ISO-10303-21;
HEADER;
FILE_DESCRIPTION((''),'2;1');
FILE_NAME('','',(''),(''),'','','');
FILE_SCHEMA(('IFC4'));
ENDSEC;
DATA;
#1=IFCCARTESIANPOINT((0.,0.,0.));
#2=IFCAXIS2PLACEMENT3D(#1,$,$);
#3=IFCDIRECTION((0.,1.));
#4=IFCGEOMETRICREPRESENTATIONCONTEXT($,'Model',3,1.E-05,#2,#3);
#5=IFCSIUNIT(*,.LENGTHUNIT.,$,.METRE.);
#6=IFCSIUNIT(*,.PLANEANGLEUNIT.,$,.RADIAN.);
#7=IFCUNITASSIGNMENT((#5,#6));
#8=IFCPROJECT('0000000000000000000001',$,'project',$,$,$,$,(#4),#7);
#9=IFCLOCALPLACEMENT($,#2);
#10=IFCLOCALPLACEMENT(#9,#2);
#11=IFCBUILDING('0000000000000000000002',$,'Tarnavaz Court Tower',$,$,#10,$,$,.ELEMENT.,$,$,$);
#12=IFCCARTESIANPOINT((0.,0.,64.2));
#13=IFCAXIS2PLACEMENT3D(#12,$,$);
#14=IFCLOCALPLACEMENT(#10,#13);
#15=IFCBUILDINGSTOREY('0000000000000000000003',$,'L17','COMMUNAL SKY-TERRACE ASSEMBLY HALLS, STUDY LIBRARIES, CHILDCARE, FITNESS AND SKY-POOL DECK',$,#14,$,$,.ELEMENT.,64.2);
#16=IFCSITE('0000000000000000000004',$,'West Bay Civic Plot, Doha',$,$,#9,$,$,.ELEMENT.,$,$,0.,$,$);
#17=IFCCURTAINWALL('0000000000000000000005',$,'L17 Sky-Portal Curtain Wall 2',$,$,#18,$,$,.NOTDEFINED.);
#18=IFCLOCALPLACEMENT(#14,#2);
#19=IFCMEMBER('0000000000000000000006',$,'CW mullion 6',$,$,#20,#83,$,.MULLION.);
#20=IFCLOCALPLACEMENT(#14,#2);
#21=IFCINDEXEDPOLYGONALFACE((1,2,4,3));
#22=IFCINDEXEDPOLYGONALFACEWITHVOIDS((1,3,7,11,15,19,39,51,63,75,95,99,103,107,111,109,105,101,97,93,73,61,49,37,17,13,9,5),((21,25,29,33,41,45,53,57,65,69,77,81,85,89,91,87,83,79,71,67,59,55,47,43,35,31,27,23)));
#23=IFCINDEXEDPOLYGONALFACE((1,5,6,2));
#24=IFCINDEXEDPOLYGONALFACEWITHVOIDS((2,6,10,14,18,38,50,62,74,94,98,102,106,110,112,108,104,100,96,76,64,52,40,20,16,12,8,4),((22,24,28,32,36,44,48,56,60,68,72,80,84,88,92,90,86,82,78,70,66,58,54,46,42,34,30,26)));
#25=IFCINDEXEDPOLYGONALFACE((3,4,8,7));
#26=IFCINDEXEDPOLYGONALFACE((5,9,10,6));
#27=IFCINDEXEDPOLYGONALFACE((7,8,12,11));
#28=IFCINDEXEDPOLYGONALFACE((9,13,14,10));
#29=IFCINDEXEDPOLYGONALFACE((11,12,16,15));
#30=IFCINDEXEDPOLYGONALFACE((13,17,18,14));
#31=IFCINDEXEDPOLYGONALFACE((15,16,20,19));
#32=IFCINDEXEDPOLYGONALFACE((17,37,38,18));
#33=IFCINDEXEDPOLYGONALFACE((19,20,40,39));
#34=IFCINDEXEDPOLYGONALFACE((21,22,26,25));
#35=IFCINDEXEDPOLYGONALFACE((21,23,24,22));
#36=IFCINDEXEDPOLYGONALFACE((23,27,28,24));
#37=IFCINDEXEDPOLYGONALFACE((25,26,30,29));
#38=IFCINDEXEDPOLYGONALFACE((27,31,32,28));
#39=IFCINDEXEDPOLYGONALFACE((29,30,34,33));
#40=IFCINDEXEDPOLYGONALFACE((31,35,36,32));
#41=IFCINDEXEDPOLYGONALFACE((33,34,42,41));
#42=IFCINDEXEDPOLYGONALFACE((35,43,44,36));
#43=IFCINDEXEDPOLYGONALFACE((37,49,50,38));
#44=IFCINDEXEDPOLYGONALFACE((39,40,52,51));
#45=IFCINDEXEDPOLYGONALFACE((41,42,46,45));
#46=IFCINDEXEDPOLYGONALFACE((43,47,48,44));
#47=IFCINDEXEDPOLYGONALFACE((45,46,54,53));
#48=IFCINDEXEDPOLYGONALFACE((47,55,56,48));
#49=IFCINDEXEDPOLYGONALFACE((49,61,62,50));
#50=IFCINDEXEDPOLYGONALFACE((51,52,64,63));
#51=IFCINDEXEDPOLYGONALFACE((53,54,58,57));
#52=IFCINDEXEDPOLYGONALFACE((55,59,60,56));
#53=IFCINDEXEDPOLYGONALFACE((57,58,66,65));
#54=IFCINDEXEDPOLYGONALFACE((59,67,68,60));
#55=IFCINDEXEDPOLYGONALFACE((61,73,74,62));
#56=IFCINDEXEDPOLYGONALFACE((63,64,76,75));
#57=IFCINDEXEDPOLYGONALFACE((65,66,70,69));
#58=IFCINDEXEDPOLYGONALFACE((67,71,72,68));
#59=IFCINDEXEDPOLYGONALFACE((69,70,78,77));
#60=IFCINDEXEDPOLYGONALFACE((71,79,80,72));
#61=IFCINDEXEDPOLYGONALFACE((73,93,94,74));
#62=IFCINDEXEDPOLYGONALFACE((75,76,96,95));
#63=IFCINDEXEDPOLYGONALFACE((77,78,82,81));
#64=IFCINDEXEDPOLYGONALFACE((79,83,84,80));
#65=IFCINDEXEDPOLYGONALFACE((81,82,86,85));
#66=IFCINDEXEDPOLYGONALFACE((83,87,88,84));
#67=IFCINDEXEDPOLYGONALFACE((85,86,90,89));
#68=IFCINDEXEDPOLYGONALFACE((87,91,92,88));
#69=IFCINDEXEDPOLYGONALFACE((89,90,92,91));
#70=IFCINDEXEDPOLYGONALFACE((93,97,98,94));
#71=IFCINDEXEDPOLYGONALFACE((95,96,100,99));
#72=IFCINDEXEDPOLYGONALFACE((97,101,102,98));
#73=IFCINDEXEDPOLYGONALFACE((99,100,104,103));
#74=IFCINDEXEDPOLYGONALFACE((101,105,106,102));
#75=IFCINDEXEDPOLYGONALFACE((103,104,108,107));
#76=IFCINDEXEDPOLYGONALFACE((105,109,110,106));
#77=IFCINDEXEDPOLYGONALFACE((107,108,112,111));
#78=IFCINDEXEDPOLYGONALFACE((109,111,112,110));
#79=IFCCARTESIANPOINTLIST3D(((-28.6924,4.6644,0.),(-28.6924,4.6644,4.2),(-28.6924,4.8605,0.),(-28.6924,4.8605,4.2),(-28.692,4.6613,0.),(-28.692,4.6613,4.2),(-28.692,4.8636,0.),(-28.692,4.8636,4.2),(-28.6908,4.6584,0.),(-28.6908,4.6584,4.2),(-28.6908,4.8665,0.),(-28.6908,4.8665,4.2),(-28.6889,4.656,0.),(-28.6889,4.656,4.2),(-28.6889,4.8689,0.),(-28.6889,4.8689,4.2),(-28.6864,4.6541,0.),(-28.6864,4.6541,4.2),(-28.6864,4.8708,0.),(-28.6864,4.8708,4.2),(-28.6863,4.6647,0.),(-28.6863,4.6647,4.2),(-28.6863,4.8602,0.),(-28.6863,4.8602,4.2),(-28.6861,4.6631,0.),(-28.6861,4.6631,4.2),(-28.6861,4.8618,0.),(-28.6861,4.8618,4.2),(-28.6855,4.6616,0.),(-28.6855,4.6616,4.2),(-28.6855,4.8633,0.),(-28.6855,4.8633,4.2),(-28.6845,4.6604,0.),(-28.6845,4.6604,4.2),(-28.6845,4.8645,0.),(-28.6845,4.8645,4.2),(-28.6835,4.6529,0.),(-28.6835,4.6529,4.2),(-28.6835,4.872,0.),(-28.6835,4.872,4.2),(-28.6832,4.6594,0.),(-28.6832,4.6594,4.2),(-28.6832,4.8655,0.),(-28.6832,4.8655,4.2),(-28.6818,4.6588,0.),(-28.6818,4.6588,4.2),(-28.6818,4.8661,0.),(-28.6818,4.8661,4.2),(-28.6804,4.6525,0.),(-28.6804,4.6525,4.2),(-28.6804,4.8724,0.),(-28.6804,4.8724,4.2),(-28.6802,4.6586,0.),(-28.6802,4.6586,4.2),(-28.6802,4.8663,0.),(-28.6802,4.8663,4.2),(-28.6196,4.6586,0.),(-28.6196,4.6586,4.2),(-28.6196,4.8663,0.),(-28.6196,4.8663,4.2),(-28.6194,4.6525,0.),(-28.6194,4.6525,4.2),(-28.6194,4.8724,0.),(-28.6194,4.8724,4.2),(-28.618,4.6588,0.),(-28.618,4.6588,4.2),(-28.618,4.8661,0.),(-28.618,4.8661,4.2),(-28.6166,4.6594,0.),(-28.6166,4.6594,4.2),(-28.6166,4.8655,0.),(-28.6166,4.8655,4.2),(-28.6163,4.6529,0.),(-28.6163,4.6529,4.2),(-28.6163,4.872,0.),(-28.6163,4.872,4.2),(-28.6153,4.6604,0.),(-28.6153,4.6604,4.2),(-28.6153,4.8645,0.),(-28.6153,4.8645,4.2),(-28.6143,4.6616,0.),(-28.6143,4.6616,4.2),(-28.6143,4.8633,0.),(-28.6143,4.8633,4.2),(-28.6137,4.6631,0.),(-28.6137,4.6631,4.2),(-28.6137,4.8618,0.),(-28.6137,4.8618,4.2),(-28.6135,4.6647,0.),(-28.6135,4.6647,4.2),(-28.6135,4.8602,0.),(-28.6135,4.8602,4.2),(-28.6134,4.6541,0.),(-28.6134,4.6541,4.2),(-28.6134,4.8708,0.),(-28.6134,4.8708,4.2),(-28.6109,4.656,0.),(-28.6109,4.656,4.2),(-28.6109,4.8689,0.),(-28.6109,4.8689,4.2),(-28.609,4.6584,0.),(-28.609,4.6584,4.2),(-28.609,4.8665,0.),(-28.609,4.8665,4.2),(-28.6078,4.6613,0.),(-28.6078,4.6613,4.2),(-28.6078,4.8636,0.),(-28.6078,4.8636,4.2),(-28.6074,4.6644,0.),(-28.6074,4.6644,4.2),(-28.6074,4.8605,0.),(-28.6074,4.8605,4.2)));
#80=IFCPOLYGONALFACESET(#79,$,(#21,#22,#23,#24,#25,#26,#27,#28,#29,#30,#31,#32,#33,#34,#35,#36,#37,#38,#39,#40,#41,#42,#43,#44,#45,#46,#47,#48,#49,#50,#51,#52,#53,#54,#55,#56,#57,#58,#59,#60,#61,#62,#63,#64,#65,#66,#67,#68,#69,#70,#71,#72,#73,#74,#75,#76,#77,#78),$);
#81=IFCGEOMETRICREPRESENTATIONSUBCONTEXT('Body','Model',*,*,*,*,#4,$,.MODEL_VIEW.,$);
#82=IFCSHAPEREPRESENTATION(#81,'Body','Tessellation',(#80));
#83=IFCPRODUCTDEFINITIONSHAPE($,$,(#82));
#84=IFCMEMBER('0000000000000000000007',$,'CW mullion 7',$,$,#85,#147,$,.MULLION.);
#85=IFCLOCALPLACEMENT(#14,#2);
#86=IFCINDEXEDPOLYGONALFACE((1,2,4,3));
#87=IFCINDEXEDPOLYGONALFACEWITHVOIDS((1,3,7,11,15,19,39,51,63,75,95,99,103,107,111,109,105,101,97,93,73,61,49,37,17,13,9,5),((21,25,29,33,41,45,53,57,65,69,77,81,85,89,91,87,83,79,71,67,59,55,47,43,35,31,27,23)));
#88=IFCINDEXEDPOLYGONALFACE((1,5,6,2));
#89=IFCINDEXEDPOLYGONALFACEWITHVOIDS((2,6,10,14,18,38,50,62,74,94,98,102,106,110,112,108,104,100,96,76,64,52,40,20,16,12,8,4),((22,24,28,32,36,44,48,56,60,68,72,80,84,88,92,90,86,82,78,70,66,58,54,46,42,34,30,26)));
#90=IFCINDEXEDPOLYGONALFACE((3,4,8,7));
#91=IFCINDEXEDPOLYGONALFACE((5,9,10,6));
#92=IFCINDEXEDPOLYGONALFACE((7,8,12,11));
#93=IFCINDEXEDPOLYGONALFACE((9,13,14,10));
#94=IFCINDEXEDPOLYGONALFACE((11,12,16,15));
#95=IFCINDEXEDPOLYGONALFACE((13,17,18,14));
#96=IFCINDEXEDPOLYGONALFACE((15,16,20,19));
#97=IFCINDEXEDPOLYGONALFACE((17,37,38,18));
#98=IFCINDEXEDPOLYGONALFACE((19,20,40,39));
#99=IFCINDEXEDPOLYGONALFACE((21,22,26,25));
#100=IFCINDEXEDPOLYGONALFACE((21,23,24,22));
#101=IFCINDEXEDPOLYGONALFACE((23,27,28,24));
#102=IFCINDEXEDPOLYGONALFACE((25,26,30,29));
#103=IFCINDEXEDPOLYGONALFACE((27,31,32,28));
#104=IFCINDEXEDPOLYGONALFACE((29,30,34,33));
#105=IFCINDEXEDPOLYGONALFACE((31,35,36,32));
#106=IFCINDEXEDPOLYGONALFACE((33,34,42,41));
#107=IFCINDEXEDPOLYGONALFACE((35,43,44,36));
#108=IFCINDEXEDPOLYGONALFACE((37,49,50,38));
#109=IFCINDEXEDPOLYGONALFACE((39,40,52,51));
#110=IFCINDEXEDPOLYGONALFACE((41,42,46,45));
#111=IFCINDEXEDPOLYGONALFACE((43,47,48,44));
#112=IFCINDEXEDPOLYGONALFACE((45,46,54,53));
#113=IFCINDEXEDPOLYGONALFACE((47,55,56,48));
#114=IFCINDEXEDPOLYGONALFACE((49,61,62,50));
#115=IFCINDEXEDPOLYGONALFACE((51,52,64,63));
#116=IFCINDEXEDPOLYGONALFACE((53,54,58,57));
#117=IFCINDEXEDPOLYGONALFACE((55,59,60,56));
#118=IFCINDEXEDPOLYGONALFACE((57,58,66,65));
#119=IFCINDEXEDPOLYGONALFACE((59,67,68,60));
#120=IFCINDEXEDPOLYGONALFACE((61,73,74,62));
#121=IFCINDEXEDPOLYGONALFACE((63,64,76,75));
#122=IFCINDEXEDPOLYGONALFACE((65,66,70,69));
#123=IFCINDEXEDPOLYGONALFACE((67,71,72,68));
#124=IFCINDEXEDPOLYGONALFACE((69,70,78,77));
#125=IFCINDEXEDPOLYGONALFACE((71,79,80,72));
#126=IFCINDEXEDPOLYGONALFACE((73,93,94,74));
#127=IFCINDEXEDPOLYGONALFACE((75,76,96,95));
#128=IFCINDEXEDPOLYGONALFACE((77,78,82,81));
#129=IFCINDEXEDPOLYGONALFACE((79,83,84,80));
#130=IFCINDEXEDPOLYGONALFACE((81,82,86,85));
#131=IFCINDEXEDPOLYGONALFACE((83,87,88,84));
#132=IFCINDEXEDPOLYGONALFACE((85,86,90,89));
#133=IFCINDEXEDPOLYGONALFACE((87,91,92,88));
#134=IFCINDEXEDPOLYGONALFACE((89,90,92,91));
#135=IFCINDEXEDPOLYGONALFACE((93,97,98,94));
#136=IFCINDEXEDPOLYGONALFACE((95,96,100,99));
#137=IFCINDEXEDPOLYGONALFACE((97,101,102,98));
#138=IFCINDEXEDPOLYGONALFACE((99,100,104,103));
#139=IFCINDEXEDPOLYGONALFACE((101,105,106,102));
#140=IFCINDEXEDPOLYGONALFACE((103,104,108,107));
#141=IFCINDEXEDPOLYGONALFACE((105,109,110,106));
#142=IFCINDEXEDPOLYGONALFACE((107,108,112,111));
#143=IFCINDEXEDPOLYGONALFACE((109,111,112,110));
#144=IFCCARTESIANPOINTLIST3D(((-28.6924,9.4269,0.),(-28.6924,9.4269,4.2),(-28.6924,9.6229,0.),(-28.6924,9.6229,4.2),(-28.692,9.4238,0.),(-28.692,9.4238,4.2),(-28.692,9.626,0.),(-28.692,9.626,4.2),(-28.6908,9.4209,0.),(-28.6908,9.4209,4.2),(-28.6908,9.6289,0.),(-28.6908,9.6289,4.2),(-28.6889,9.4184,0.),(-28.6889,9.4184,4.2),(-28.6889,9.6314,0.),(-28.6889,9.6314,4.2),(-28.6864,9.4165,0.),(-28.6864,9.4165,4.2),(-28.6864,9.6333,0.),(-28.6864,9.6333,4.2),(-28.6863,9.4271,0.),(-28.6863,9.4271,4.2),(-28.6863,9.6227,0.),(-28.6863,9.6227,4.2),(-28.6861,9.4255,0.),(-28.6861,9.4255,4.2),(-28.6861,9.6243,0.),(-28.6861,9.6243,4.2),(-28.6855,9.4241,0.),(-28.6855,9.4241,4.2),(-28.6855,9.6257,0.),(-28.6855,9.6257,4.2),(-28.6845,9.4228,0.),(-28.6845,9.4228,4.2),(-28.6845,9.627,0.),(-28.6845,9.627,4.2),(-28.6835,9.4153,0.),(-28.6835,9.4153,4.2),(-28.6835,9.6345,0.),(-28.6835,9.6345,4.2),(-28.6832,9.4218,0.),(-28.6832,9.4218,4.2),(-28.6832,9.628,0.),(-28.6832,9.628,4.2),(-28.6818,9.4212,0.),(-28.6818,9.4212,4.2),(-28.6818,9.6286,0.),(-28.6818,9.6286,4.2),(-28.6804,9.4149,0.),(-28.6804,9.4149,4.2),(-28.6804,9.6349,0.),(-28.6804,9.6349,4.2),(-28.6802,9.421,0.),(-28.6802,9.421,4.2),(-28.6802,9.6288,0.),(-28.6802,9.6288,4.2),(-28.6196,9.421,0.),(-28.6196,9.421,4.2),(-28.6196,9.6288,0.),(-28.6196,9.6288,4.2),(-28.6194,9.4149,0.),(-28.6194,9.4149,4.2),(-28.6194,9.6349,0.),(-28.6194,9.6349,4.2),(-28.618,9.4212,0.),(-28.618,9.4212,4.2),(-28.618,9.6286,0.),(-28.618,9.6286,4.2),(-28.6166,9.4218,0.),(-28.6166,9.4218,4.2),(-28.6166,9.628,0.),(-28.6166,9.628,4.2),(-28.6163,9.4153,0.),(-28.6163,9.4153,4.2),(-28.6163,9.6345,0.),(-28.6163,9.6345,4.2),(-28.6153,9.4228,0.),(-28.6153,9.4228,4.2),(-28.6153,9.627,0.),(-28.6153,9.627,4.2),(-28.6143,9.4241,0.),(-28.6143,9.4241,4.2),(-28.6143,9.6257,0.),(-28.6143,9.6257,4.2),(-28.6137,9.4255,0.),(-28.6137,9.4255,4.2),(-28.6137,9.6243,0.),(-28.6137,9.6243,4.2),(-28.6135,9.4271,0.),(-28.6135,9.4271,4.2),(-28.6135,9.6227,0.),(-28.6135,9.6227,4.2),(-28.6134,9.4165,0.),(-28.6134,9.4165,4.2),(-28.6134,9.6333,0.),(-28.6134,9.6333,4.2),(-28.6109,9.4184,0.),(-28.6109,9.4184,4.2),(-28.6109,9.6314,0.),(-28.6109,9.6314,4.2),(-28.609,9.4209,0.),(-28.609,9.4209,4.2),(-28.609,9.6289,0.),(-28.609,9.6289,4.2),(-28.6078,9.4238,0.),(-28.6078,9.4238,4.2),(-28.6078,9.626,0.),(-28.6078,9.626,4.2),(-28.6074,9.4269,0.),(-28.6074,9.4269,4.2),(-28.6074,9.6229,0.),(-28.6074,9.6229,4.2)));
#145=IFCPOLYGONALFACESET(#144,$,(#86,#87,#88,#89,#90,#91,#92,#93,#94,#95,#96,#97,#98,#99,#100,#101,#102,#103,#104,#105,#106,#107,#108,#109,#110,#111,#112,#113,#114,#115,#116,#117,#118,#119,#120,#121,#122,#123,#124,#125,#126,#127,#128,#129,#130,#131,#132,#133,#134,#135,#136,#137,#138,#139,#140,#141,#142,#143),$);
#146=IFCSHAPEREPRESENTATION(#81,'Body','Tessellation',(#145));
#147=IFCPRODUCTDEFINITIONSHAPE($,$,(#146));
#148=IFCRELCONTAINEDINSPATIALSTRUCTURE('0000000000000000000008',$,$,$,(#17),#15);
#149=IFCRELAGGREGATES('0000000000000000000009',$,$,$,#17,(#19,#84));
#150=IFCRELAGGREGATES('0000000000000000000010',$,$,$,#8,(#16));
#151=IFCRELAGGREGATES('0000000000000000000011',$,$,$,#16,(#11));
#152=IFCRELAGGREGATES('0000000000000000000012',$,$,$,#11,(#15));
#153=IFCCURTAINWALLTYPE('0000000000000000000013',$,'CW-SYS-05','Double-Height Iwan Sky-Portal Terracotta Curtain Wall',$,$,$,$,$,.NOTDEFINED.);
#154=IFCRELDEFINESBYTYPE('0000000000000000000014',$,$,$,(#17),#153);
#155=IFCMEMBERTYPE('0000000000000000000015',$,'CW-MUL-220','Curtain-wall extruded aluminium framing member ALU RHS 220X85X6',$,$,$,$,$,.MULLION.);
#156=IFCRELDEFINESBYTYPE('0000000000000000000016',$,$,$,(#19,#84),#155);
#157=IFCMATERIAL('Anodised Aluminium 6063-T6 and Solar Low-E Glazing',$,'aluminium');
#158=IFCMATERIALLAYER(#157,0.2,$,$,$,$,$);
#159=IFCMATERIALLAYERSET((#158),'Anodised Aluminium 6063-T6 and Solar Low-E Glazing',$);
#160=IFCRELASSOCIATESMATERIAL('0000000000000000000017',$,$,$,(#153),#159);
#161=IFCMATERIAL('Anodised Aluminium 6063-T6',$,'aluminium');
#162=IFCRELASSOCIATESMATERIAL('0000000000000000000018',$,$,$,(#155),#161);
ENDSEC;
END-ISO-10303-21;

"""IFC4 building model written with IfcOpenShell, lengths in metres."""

from ifc_helpers import new_model, si_unit, direction, frame, origin, origin_2d, place, context, subcontext, project, spatial, hollow_rectangle, extrude, material, layer, layer_set, material_profile, profile_set, type_object, element, aggregate, save


model = new_model("IFC4")

# Units and contexts
model_context = context("Model", 3, precision=1e-05, world=origin(), true_north=direction((0.0, 1.0)))
body_context = subcontext(model_context, "Body", "Model", "MODEL_VIEW")
ifc_project = project(units=[si_unit("LENGTHUNIT", "METRE"), si_unit("PLANEANGLEUNIT", "RADIAN")], contexts=[model_context])

# Site, building, storey
site_placement = place(None, origin())
site = spatial("IfcSite", under=ifc_project, at=site_placement, Name="West Bay Civic Plot, Doha", CompositionType="ELEMENT", RefElevation=0.0)
building_placement = place(site_placement, origin())
building = spatial("IfcBuilding", under=site, at=building_placement, Name="Tarnavaz Court Tower", CompositionType="ELEMENT")
storey_placement = place(building_placement, frame((0.0, 0.0, 64.2)))
storey = spatial("IfcBuildingStorey", under=building, at=storey_placement, Name="L17", Description="COMMUNAL SKY-TERRACE ASSEMBLY HALLS, STUDY LIBRARIES, CHILDCARE, FITNESS AND SKY-POOL DECK", CompositionType="ELEMENT", Elevation=64.2)

# Curtain wall, members
ifc_material_1 = material(Name="Anodised Aluminium 6063-T6 and Solar Low-E Glazing", Category="aluminium")
ifc_layer_1 = layer(ifc_material_1, 0.2)
ifc_layer_set_1 = layer_set([ifc_layer_1], Name="Anodised Aluminium 6063-T6 and Solar Low-E Glazing")
curtain_wall_type = type_object("IfcCurtainWallType", Name="CW-SYS-05", Description="Double-Height Iwan Sky-Portal Terracotta Curtain Wall", PredefinedType="NOTDEFINED", material=ifc_layer_set_1)
curtain_wall_placement = place(storey_placement, origin())
curtain_wall = element("IfcCurtainWall", 1, at=curtain_wall_placement, inside=storey, type_object=curtain_wall_type, Name="L17 Sky-Portal Curtain Wall 2", PredefinedType="NOTDEFINED")
ifc_material_2 = material(Name="Anodised Aluminium 6063-T6", Category="aluminium")
ifc_material_profile_1 = material_profile(ifc_material_2, hollow_rectangle(XDim=0.085, YDim=0.22, WallThickness=0.0061, InnerFilletRadius=0.0061, OuterFilletRadius=0.012, at=origin_2d()), Name="ALU RHS 220X85X6")
ifc_profile_set_1 = profile_set([ifc_material_profile_1], Name="Anodised Aluminium 6063-T6")
member_type_1 = type_object("IfcMemberType", Name="CW-MUL-220", Description="Curtain-wall extruded aluminium framing member ALU RHS 220X85X6", PredefinedType="MULLION", material=ifc_profile_set_1)
member_1_placement = place(storey_placement, frame((-28.6499, 4.7625, 0.0), z_axis=(0.0, 0.0, 1.0), x_axis=(-1.0, 0.0, 0.0)))
member_1 = element("IfcMember", 2, at=member_1_placement, type_object=member_type_1, Name="CW mullion 6", PredefinedType="MULLION", context=body_context, shape_type="SweptSolid", body=[
    extrude(hollow_rectangle(XDim=0.085, YDim=0.22, WallThickness=0.0061, InnerFilletRadius=0.0061, OuterFilletRadius=0.012, at=origin_2d()), origin(), (0.0, 0.0, 1.0), 4.2),
])
member_2_placement = place(storey_placement, frame((-28.6499, 9.5249, 0.0), z_axis=(0.0, 0.0, 1.0), x_axis=(-1.0, 0.0, 0.0)))
member_2 = element("IfcMember", 3, at=member_2_placement, type_object=member_type_1, Name="CW mullion 7", PredefinedType="MULLION", context=body_context, shape_type="SweptSolid", body=[
    extrude(hollow_rectangle(XDim=0.085, YDim=0.22, WallThickness=0.0061, InnerFilletRadius=0.0061, OuterFilletRadius=0.012, at=origin_2d()), origin(), (0.0, 0.0, 1.0), 4.2),
])
aggregate(curtain_wall, [member_1, member_2])

save(model, "model.ifc")
